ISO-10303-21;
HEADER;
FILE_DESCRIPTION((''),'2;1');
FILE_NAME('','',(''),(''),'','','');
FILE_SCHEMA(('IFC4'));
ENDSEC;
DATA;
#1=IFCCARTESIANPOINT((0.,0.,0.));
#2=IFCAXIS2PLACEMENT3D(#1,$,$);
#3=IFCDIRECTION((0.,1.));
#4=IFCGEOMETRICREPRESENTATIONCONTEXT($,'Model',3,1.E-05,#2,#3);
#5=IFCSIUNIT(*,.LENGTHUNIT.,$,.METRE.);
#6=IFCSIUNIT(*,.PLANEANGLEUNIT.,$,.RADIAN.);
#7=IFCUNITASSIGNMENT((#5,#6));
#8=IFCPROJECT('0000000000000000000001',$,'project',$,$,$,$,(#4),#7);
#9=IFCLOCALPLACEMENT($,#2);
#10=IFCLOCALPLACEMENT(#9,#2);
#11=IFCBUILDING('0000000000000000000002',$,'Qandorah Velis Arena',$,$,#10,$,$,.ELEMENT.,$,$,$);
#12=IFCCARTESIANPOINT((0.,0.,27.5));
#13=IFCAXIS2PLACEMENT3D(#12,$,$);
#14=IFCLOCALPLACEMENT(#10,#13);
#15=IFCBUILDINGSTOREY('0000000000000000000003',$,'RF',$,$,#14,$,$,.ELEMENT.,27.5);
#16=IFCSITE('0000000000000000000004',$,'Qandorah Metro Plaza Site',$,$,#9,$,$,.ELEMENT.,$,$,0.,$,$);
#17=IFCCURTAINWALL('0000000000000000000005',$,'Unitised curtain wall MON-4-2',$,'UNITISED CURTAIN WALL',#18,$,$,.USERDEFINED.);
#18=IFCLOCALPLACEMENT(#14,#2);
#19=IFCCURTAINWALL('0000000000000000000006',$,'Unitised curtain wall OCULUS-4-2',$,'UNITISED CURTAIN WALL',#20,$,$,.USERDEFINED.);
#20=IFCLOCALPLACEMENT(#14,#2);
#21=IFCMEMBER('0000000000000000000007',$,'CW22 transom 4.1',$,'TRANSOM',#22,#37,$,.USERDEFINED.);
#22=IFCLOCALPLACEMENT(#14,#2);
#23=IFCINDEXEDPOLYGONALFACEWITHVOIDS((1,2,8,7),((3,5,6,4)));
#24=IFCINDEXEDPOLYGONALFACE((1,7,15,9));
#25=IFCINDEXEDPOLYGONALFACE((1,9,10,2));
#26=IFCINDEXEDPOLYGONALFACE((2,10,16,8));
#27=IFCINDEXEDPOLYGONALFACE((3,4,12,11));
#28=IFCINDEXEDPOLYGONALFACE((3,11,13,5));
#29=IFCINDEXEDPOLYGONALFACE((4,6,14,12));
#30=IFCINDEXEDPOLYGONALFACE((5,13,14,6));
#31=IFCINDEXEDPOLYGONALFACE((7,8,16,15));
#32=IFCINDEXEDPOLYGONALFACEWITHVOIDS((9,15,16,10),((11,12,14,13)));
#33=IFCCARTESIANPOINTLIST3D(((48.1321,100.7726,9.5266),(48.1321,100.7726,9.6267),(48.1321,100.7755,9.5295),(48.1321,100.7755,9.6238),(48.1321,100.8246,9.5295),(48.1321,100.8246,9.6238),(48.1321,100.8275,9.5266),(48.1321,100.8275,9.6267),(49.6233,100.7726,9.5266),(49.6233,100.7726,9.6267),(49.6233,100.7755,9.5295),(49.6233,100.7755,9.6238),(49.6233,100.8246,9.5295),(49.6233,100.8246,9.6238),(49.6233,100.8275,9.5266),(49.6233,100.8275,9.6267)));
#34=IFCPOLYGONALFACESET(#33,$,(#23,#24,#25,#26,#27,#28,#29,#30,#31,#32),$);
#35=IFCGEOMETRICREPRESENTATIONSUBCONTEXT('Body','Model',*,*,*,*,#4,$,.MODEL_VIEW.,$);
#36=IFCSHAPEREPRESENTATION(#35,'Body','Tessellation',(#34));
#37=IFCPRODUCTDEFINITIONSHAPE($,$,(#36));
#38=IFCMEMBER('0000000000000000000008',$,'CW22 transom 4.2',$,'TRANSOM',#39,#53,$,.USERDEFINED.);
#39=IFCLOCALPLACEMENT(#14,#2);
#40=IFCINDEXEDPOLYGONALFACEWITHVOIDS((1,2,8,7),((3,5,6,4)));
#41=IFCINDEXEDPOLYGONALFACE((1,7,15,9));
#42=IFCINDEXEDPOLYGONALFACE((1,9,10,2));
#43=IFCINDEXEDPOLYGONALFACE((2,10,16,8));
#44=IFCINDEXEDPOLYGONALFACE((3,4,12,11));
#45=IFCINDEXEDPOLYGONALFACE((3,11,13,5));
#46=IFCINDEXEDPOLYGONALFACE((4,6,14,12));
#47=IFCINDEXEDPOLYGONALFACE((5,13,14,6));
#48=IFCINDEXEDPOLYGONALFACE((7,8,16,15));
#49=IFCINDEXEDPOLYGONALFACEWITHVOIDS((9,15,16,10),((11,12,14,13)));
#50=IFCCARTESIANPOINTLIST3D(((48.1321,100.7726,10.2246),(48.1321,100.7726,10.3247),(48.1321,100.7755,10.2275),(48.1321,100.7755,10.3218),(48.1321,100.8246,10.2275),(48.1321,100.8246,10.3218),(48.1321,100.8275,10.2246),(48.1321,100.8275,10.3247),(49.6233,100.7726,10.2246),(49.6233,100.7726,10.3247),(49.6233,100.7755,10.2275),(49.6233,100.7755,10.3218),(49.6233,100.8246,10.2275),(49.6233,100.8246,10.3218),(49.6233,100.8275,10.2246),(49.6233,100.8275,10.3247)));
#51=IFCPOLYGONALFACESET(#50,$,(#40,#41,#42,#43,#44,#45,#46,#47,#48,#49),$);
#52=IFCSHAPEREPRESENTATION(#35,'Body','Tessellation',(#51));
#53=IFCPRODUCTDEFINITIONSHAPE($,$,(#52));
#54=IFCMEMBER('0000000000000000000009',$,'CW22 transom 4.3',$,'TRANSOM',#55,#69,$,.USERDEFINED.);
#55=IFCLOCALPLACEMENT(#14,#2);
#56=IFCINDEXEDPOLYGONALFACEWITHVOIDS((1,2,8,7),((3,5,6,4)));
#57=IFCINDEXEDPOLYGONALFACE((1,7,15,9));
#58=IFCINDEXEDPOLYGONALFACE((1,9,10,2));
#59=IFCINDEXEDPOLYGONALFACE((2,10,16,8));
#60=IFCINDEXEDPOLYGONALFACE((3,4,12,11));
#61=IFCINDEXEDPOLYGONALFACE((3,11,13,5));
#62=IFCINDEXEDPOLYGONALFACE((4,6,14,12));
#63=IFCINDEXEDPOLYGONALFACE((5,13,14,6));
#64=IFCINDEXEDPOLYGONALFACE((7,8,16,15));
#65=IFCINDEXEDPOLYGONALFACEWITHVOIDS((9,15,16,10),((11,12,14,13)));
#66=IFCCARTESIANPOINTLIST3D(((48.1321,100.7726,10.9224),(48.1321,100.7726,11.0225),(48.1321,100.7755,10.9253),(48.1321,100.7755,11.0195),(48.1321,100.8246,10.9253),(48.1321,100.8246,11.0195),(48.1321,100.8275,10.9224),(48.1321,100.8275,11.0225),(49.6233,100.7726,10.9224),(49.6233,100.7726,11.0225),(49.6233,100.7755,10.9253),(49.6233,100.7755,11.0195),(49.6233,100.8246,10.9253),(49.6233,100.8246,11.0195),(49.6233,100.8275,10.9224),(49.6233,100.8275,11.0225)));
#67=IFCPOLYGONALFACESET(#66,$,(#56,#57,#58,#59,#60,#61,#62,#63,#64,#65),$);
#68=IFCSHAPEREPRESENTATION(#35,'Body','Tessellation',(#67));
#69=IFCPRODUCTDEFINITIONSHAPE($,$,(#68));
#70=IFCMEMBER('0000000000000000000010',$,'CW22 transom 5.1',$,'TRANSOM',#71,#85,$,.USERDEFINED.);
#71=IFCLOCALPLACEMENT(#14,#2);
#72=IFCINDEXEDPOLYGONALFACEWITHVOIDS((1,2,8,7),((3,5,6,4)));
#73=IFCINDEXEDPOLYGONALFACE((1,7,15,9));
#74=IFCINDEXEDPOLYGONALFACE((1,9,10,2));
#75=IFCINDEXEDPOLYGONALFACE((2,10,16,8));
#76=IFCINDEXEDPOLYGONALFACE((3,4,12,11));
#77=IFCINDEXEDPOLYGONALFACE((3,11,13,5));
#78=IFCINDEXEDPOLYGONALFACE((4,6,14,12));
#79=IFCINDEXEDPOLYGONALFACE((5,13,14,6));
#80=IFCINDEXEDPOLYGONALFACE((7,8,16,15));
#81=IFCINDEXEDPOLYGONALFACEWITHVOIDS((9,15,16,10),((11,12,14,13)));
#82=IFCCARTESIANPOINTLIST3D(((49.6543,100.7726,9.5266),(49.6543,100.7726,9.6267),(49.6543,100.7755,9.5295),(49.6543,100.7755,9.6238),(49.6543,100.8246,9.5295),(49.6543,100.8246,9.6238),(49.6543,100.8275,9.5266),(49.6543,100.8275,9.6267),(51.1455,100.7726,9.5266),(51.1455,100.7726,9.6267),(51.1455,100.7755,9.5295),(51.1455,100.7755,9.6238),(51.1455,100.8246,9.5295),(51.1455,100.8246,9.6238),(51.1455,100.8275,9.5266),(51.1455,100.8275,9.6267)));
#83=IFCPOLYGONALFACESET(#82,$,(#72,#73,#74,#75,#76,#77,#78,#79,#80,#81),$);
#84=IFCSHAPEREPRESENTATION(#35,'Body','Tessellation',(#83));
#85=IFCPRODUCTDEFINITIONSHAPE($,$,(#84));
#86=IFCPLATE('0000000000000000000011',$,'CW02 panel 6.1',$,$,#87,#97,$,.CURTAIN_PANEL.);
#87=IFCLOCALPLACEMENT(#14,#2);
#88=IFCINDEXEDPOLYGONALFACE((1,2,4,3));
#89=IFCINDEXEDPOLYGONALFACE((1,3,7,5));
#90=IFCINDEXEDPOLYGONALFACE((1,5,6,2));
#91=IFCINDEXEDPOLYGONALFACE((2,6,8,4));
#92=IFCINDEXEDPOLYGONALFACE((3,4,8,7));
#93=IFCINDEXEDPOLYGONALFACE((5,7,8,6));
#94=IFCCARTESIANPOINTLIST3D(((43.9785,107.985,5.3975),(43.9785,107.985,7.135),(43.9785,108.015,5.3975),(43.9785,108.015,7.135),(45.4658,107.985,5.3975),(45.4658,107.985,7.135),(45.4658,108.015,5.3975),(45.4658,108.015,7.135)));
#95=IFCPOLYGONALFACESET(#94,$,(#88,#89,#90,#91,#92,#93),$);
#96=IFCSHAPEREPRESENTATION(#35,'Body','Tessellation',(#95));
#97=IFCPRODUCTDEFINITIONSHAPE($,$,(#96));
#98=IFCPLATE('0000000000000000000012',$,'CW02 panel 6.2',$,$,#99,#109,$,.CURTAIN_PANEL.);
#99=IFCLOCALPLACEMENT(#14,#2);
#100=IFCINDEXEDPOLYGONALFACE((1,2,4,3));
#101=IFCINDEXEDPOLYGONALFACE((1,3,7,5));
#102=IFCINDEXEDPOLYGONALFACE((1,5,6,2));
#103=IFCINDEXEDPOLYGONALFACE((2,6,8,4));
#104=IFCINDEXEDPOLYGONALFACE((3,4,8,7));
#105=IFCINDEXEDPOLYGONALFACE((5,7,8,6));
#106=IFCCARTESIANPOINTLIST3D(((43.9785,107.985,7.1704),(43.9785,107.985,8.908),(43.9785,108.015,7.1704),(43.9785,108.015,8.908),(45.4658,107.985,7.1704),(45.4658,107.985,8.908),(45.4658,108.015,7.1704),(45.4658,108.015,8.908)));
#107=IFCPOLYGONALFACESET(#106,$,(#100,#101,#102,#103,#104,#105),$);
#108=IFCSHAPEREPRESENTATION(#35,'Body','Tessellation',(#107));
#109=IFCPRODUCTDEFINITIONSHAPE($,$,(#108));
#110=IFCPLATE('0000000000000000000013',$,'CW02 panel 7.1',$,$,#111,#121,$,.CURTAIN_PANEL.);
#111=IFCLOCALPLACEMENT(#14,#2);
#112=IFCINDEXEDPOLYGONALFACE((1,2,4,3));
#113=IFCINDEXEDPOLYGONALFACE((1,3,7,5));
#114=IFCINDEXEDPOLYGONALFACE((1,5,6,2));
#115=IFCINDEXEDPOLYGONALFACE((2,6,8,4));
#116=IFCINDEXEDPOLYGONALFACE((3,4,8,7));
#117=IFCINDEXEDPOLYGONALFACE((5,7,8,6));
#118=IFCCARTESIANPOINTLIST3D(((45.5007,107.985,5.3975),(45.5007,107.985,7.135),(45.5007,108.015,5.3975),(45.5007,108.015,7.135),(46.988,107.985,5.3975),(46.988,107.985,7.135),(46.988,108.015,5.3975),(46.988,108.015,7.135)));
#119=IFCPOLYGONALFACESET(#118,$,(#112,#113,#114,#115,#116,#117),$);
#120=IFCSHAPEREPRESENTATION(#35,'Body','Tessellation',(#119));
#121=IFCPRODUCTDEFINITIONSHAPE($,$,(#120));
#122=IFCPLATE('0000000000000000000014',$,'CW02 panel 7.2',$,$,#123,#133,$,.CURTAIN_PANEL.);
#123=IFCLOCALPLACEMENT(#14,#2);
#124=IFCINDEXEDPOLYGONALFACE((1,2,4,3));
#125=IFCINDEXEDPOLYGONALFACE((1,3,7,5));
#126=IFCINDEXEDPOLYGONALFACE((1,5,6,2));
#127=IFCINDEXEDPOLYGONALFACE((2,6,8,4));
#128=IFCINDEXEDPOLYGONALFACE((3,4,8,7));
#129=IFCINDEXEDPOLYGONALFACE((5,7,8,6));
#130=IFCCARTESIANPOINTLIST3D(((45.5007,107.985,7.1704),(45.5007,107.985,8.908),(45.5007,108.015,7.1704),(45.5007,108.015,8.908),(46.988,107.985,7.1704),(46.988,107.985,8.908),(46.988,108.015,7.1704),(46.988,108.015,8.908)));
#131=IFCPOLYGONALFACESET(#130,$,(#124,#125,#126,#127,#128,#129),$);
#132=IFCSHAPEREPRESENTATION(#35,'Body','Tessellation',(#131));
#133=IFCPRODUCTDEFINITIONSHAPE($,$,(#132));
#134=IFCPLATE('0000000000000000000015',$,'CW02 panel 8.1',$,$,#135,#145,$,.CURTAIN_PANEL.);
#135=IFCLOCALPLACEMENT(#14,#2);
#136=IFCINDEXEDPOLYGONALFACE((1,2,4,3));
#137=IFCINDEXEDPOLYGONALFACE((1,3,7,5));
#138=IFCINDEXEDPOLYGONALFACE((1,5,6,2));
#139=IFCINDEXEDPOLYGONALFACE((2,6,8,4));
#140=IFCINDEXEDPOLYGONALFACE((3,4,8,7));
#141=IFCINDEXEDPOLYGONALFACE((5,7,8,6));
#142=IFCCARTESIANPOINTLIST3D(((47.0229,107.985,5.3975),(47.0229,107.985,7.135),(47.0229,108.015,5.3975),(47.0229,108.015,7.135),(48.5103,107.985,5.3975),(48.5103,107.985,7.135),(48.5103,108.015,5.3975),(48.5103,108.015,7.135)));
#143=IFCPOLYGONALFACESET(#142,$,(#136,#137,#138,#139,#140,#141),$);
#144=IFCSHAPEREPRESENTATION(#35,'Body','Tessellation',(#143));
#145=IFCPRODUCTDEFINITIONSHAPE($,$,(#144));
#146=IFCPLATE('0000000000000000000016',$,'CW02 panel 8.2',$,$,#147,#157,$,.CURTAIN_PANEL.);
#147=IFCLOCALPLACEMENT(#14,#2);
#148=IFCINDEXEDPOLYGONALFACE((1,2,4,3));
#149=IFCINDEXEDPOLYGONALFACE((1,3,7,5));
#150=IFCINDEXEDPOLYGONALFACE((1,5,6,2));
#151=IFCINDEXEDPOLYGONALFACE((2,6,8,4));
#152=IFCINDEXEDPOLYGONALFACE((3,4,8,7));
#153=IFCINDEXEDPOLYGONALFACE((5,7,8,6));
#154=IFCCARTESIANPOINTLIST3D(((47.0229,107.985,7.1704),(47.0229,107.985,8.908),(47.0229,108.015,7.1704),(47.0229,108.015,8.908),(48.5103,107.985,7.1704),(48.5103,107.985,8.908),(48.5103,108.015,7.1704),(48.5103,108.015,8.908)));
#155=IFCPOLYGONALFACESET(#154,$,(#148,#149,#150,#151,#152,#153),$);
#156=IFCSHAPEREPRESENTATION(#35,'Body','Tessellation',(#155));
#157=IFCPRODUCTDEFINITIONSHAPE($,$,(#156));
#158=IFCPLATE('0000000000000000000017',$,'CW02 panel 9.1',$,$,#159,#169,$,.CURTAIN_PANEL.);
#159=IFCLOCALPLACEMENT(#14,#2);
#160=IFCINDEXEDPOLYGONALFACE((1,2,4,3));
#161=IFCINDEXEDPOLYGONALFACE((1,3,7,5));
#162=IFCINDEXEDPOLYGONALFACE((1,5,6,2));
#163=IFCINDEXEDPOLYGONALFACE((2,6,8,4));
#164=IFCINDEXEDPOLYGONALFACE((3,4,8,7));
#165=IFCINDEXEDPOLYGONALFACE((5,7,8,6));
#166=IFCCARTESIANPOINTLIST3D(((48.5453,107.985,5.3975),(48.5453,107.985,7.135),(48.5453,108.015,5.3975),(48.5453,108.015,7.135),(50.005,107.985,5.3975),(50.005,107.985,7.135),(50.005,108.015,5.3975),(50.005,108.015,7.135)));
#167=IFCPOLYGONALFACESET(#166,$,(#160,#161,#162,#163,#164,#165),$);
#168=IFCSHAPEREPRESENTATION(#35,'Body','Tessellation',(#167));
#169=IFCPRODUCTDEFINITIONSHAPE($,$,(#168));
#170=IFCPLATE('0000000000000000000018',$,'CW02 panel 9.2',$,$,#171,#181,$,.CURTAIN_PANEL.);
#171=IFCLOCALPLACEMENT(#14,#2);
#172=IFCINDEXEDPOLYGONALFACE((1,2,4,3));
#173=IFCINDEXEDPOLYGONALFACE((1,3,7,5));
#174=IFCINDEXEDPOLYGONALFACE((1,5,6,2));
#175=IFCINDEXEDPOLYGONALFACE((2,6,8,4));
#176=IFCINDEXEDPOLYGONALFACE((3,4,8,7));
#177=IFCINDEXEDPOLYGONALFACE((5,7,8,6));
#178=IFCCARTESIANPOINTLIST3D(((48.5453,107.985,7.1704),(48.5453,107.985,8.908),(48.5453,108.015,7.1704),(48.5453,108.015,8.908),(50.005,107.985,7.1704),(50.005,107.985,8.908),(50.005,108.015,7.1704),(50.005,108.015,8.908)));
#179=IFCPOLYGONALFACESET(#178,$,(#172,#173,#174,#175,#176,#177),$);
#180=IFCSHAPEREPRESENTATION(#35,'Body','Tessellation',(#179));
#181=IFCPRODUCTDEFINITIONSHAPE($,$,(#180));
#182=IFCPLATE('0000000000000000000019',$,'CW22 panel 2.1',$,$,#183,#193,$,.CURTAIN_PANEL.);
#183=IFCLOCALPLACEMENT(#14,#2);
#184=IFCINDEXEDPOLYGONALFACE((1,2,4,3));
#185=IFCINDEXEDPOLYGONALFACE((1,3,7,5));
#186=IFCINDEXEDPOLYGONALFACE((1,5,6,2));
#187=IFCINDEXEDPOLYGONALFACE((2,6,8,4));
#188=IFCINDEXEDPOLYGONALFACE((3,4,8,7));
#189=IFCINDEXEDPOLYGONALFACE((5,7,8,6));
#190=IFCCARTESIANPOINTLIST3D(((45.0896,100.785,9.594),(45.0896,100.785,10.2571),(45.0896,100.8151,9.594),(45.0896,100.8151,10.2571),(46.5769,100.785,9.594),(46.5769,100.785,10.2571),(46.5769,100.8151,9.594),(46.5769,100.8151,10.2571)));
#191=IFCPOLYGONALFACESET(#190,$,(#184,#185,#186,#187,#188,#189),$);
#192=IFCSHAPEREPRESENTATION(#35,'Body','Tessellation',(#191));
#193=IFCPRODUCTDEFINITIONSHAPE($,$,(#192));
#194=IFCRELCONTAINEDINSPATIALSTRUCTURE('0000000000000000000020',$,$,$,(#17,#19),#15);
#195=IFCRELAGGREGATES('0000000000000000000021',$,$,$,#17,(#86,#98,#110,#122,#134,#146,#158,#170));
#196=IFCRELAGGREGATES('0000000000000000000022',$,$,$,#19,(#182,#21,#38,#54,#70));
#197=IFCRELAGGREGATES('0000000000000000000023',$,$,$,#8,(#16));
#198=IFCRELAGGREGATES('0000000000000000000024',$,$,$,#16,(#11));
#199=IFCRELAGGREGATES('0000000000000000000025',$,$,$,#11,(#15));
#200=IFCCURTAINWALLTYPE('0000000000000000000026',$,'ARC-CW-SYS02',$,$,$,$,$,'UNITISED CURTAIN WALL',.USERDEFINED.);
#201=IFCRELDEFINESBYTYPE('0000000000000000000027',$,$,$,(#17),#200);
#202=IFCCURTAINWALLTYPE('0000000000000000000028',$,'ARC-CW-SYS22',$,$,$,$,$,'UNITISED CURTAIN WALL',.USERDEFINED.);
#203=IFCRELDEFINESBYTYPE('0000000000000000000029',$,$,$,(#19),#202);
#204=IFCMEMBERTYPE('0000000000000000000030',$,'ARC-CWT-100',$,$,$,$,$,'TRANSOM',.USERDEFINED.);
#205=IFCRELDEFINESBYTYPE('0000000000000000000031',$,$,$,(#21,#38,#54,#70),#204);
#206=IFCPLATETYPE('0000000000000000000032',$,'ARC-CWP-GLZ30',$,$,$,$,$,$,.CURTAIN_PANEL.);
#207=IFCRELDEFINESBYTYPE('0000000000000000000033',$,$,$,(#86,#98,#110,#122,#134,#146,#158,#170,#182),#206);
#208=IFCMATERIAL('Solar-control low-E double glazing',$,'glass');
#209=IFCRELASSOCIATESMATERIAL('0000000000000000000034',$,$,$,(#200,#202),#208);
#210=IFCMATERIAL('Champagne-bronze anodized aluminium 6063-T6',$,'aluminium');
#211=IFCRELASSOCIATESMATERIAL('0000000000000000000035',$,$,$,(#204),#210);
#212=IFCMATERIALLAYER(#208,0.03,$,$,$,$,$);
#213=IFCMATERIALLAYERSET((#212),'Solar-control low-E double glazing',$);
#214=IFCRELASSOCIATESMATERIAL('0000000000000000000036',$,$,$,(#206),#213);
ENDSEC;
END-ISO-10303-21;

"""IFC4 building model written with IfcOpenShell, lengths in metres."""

from ifc_helpers import new_model, si_unit, direction, frame, origin, origin_2d, place, context, subcontext, project, spatial, rectangle, hollow_rectangle, extrude, material, layer, layer_set, material_profile, profile_set, type_object, element, aggregate, save


model = new_model("IFC4")

# Units and contexts
model_context = context("Model", 3, precision=1e-05, world=origin(), true_north=direction((0.0, 1.0)))
body_context = subcontext(model_context, "Body", "Model", "MODEL_VIEW")
ifc_project = project(units=[si_unit("LENGTHUNIT", "METRE"), si_unit("PLANEANGLEUNIT", "RADIAN")], contexts=[model_context])

# Site, building, storey
site_placement = place(None, origin())
site = spatial("IfcSite", under=ifc_project, at=site_placement, Name="Qandorah Metro Plaza Site", CompositionType="ELEMENT", RefElevation=0.0)
building_placement = place(site_placement, origin())
building = spatial("IfcBuilding", under=site, at=building_placement, Name="Qandorah Velis Arena", CompositionType="ELEMENT")
storey_placement = place(building_placement, frame((0.0, 0.0, 27.5)))
storey = spatial("IfcBuildingStorey", under=building, at=storey_placement, Name="RF", CompositionType="ELEMENT", Elevation=27.5)

# Curtain walls
ifc_material_1 = material(Name="Solar-control low-E double glazing", Category="glass")
curtain_wall_type_1 = type_object("IfcCurtainWallType", Name="ARC-CW-SYS02", ElementType="UNITISED CURTAIN WALL", PredefinedType="USERDEFINED", material=ifc_material_1)
curtain_wall_1_placement = place(storey_placement, origin())
curtain_wall_1 = element("IfcCurtainWall", 1, at=curtain_wall_1_placement, inside=storey, type_object=curtain_wall_type_1, Name="Unitised curtain wall MON-4-2", ObjectType="UNITISED CURTAIN WALL", PredefinedType="USERDEFINED")
ifc_material_2 = material(Name="Champagne-bronze anodized aluminium 6063-T6", Category="aluminium")
curtain_wall_type_2 = type_object("IfcCurtainWallType", Name="ARC-CW-SYS22", ElementType="UNITISED CURTAIN WALL", PredefinedType="USERDEFINED", material=ifc_material_1)
curtain_wall_2_placement = place(storey_placement, origin())
curtain_wall_2 = element("IfcCurtainWall", 2, at=curtain_wall_2_placement, inside=storey, type_object=curtain_wall_type_2, Name="Unitised curtain wall OCULUS-4-2", ObjectType="UNITISED CURTAIN WALL", PredefinedType="USERDEFINED")

# Members
ifc_material_profile_1 = material_profile(ifc_material_2, hollow_rectangle(XDim=0.0549, YDim=0.1001, WallThickness=0.0029, at=origin_2d()), Name="ALU TRANSOM 55x100")
ifc_profile_set_1 = profile_set([ifc_material_profile_1], Name="Champagne-bronze anodized aluminium 6063-T6")
member_type_1 = type_object("IfcMemberType", Name="ARC-CWT-100", ElementType="TRANSOM", PredefinedType="USERDEFINED", material=ifc_profile_set_1)
member_1_placement = place(storey_placement, frame((48.1321, 100.8, 9.5767), z_axis=(1.0, 0.0, 0.0), x_axis=(0.0, 1.0, 0.0)))
member_1 = element("IfcMember", 3, at=member_1_placement, type_object=member_type_1, Name="CW22 transom 4.1", ObjectType="TRANSOM", PredefinedType="USERDEFINED", context=body_context, shape_type="SweptSolid", body=[
    extrude(hollow_rectangle(XDim=0.0549, YDim=0.1001, WallThickness=0.0029, at=origin_2d()), origin(), (0.0, 0.0, 1.0), 1.4912),
])
member_2_placement = place(storey_placement, frame((48.1321, 100.8, 10.2747), z_axis=(1.0, 0.0, 0.0), x_axis=(0.0, 1.0, 0.0)))
member_2 = element("IfcMember", 4, at=member_2_placement, type_object=member_type_1, Name="CW22 transom 4.2", ObjectType="TRANSOM", PredefinedType="USERDEFINED", context=body_context, shape_type="SweptSolid", body=[
    extrude(hollow_rectangle(XDim=0.0549, YDim=0.1001, WallThickness=0.0029, at=origin_2d()), origin(), (0.0, 0.0, 1.0), 1.4912),
])
member_3_placement = place(storey_placement, frame((48.1321, 100.8, 10.9724), z_axis=(1.0, 0.0, 0.0), x_axis=(0.0, 1.0, 0.0)))
member_3 = element("IfcMember", 5, at=member_3_placement, type_object=member_type_1, Name="CW22 transom 4.3", ObjectType="TRANSOM", PredefinedType="USERDEFINED", context=body_context, shape_type="SweptSolid", body=[
    extrude(hollow_rectangle(XDim=0.0549, YDim=0.1001, WallThickness=0.0029, at=origin_2d()), origin(), (0.0, 0.0, 1.0), 1.4912),
])
member_4_placement = place(storey_placement, frame((49.6543, 100.8, 9.5767), z_axis=(1.0, 0.0, 0.0), x_axis=(0.0, 1.0, 0.0)))
member_4 = element("IfcMember", 6, at=member_4_placement, type_object=member_type_1, Name="CW22 transom 5.1", ObjectType="TRANSOM", PredefinedType="USERDEFINED", context=body_context, shape_type="SweptSolid", body=[
    extrude(hollow_rectangle(XDim=0.0549, YDim=0.1001, WallThickness=0.0029, at=origin_2d()), origin(), (0.0, 0.0, 1.0), 1.4912),
])

# Plates
ifc_layer = layer(ifc_material_1, 0.03)
ifc_layer_set = layer_set([ifc_layer], Name="Solar-control low-E double glazing")
plate_type = type_object("IfcPlateType", Name="ARC-CWP-GLZ30", PredefinedType="CURTAIN_PANEL", material=ifc_layer_set)
plate_1_placement = place(storey_placement, frame((44.7222, 108.0, 5.3975), z_axis=(0.0, 0.0, 1.0), x_axis=(1.0, 0.0, 0.0)))
plate_1 = element("IfcPlate", 7, at=plate_1_placement, type_object=plate_type, Name="CW02 panel 6.1", PredefinedType="CURTAIN_PANEL", context=body_context, shape_type="SweptSolid", body=[
    extrude(rectangle(XDim=1.4873, YDim=0.03, at=origin_2d()), origin(), (0.0, 0.0, 1.0), 1.7375),
])
plate_2_placement = place(storey_placement, frame((44.7222, 108.0, 7.1704), z_axis=(0.0, 0.0, 1.0), x_axis=(1.0, 0.0, 0.0)))
plate_2 = element("IfcPlate", 8, at=plate_2_placement, type_object=plate_type, Name="CW02 panel 6.2", PredefinedType="CURTAIN_PANEL", context=body_context, shape_type="SweptSolid", body=[
    extrude(rectangle(XDim=1.4873, YDim=0.03, at=origin_2d()), origin(), (0.0, 0.0, 1.0), 1.7375),
])
plate_3_placement = place(storey_placement, frame((46.2444, 108.0, 5.3975), z_axis=(0.0, 0.0, 1.0), x_axis=(1.0, 0.0, 0.0)))
plate_3 = element("IfcPlate", 9, at=plate_3_placement, type_object=plate_type, Name="CW02 panel 7.1", PredefinedType="CURTAIN_PANEL", context=body_context, shape_type="SweptSolid", body=[
    extrude(rectangle(XDim=1.4873, YDim=0.03, at=origin_2d()), origin(), (0.0, 0.0, 1.0), 1.7375),
])
plate_4_placement = place(storey_placement, frame((46.2444, 108.0, 7.1704), z_axis=(0.0, 0.0, 1.0), x_axis=(1.0, 0.0, 0.0)))
plate_4 = element("IfcPlate", 10, at=plate_4_placement, type_object=plate_type, Name="CW02 panel 7.2", PredefinedType="CURTAIN_PANEL", context=body_context, shape_type="SweptSolid", body=[
    extrude(rectangle(XDim=1.4873, YDim=0.03, at=origin_2d()), origin(), (0.0, 0.0, 1.0), 1.7375),
])
plate_5_placement = place(storey_placement, frame((47.7666, 108.0, 5.3975), z_axis=(0.0, 0.0, 1.0), x_axis=(1.0, 0.0, 0.0)))
plate_5 = element("IfcPlate", 11, at=plate_5_placement, type_object=plate_type, Name="CW02 panel 8.1", PredefinedType="CURTAIN_PANEL", context=body_context, shape_type="SweptSolid", body=[
    extrude(rectangle(XDim=1.4873, YDim=0.03, at=origin_2d()), origin(), (0.0, 0.0, 1.0), 1.7375),
])
plate_6_placement = place(storey_placement, frame((47.7666, 108.0, 7.1704), z_axis=(0.0, 0.0, 1.0), x_axis=(1.0, 0.0, 0.0)))
plate_6 = element("IfcPlate", 12, at=plate_6_placement, type_object=plate_type, Name="CW02 panel 8.2", PredefinedType="CURTAIN_PANEL", context=body_context, shape_type="SweptSolid", body=[
    extrude(rectangle(XDim=1.4873, YDim=0.03, at=origin_2d()), origin(), (0.0, 0.0, 1.0), 1.7375),
])
plate_7_placement = place(storey_placement, frame((49.2751, 108.0, 5.3975), z_axis=(0.0, 0.0, 1.0), x_axis=(1.0, 0.0, 0.0)))
plate_7 = element("IfcPlate", 13, at=plate_7_placement, type_object=plate_type, Name="CW02 panel 9.1", PredefinedType="CURTAIN_PANEL", context=body_context, shape_type="SweptSolid", body=[
    extrude(rectangle(XDim=1.4597, YDim=0.03, at=origin_2d()), origin(), (0.0, 0.0, 1.0), 1.7375),
])
plate_8_placement = place(storey_placement, frame((49.2751, 108.0, 7.1704), z_axis=(0.0, 0.0, 1.0), x_axis=(1.0, 0.0, 0.0)))
plate_8 = element("IfcPlate", 14, at=plate_8_placement, type_object=plate_type, Name="CW02 panel 9.2", PredefinedType="CURTAIN_PANEL", context=body_context, shape_type="SweptSolid", body=[
    extrude(rectangle(XDim=1.4597, YDim=0.03, at=origin_2d()), origin(), (0.0, 0.0, 1.0), 1.7375),
])
aggregate(curtain_wall_1, [plate_1, plate_2, plate_3, plate_4, plate_5, plate_6, plate_7, plate_8])
plate_9_placement = place(storey_placement, frame((45.8333, 100.8, 9.594), z_axis=(0.0, 0.0, 1.0), x_axis=(1.0, 0.0, 0.0)))
plate_9 = element("IfcPlate", 15, at=plate_9_placement, type_object=plate_type, Name="CW22 panel 2.1", PredefinedType="CURTAIN_PANEL", context=body_context, shape_type="SweptSolid", body=[
    extrude(rectangle(XDim=1.4873, YDim=0.03, at=origin_2d()), origin(), (0.0, 0.0, 1.0), 0.6631),
])
aggregate(curtain_wall_2, [plate_9, member_1, member_2, member_3, member_4])

save(model, "model.ifc")
